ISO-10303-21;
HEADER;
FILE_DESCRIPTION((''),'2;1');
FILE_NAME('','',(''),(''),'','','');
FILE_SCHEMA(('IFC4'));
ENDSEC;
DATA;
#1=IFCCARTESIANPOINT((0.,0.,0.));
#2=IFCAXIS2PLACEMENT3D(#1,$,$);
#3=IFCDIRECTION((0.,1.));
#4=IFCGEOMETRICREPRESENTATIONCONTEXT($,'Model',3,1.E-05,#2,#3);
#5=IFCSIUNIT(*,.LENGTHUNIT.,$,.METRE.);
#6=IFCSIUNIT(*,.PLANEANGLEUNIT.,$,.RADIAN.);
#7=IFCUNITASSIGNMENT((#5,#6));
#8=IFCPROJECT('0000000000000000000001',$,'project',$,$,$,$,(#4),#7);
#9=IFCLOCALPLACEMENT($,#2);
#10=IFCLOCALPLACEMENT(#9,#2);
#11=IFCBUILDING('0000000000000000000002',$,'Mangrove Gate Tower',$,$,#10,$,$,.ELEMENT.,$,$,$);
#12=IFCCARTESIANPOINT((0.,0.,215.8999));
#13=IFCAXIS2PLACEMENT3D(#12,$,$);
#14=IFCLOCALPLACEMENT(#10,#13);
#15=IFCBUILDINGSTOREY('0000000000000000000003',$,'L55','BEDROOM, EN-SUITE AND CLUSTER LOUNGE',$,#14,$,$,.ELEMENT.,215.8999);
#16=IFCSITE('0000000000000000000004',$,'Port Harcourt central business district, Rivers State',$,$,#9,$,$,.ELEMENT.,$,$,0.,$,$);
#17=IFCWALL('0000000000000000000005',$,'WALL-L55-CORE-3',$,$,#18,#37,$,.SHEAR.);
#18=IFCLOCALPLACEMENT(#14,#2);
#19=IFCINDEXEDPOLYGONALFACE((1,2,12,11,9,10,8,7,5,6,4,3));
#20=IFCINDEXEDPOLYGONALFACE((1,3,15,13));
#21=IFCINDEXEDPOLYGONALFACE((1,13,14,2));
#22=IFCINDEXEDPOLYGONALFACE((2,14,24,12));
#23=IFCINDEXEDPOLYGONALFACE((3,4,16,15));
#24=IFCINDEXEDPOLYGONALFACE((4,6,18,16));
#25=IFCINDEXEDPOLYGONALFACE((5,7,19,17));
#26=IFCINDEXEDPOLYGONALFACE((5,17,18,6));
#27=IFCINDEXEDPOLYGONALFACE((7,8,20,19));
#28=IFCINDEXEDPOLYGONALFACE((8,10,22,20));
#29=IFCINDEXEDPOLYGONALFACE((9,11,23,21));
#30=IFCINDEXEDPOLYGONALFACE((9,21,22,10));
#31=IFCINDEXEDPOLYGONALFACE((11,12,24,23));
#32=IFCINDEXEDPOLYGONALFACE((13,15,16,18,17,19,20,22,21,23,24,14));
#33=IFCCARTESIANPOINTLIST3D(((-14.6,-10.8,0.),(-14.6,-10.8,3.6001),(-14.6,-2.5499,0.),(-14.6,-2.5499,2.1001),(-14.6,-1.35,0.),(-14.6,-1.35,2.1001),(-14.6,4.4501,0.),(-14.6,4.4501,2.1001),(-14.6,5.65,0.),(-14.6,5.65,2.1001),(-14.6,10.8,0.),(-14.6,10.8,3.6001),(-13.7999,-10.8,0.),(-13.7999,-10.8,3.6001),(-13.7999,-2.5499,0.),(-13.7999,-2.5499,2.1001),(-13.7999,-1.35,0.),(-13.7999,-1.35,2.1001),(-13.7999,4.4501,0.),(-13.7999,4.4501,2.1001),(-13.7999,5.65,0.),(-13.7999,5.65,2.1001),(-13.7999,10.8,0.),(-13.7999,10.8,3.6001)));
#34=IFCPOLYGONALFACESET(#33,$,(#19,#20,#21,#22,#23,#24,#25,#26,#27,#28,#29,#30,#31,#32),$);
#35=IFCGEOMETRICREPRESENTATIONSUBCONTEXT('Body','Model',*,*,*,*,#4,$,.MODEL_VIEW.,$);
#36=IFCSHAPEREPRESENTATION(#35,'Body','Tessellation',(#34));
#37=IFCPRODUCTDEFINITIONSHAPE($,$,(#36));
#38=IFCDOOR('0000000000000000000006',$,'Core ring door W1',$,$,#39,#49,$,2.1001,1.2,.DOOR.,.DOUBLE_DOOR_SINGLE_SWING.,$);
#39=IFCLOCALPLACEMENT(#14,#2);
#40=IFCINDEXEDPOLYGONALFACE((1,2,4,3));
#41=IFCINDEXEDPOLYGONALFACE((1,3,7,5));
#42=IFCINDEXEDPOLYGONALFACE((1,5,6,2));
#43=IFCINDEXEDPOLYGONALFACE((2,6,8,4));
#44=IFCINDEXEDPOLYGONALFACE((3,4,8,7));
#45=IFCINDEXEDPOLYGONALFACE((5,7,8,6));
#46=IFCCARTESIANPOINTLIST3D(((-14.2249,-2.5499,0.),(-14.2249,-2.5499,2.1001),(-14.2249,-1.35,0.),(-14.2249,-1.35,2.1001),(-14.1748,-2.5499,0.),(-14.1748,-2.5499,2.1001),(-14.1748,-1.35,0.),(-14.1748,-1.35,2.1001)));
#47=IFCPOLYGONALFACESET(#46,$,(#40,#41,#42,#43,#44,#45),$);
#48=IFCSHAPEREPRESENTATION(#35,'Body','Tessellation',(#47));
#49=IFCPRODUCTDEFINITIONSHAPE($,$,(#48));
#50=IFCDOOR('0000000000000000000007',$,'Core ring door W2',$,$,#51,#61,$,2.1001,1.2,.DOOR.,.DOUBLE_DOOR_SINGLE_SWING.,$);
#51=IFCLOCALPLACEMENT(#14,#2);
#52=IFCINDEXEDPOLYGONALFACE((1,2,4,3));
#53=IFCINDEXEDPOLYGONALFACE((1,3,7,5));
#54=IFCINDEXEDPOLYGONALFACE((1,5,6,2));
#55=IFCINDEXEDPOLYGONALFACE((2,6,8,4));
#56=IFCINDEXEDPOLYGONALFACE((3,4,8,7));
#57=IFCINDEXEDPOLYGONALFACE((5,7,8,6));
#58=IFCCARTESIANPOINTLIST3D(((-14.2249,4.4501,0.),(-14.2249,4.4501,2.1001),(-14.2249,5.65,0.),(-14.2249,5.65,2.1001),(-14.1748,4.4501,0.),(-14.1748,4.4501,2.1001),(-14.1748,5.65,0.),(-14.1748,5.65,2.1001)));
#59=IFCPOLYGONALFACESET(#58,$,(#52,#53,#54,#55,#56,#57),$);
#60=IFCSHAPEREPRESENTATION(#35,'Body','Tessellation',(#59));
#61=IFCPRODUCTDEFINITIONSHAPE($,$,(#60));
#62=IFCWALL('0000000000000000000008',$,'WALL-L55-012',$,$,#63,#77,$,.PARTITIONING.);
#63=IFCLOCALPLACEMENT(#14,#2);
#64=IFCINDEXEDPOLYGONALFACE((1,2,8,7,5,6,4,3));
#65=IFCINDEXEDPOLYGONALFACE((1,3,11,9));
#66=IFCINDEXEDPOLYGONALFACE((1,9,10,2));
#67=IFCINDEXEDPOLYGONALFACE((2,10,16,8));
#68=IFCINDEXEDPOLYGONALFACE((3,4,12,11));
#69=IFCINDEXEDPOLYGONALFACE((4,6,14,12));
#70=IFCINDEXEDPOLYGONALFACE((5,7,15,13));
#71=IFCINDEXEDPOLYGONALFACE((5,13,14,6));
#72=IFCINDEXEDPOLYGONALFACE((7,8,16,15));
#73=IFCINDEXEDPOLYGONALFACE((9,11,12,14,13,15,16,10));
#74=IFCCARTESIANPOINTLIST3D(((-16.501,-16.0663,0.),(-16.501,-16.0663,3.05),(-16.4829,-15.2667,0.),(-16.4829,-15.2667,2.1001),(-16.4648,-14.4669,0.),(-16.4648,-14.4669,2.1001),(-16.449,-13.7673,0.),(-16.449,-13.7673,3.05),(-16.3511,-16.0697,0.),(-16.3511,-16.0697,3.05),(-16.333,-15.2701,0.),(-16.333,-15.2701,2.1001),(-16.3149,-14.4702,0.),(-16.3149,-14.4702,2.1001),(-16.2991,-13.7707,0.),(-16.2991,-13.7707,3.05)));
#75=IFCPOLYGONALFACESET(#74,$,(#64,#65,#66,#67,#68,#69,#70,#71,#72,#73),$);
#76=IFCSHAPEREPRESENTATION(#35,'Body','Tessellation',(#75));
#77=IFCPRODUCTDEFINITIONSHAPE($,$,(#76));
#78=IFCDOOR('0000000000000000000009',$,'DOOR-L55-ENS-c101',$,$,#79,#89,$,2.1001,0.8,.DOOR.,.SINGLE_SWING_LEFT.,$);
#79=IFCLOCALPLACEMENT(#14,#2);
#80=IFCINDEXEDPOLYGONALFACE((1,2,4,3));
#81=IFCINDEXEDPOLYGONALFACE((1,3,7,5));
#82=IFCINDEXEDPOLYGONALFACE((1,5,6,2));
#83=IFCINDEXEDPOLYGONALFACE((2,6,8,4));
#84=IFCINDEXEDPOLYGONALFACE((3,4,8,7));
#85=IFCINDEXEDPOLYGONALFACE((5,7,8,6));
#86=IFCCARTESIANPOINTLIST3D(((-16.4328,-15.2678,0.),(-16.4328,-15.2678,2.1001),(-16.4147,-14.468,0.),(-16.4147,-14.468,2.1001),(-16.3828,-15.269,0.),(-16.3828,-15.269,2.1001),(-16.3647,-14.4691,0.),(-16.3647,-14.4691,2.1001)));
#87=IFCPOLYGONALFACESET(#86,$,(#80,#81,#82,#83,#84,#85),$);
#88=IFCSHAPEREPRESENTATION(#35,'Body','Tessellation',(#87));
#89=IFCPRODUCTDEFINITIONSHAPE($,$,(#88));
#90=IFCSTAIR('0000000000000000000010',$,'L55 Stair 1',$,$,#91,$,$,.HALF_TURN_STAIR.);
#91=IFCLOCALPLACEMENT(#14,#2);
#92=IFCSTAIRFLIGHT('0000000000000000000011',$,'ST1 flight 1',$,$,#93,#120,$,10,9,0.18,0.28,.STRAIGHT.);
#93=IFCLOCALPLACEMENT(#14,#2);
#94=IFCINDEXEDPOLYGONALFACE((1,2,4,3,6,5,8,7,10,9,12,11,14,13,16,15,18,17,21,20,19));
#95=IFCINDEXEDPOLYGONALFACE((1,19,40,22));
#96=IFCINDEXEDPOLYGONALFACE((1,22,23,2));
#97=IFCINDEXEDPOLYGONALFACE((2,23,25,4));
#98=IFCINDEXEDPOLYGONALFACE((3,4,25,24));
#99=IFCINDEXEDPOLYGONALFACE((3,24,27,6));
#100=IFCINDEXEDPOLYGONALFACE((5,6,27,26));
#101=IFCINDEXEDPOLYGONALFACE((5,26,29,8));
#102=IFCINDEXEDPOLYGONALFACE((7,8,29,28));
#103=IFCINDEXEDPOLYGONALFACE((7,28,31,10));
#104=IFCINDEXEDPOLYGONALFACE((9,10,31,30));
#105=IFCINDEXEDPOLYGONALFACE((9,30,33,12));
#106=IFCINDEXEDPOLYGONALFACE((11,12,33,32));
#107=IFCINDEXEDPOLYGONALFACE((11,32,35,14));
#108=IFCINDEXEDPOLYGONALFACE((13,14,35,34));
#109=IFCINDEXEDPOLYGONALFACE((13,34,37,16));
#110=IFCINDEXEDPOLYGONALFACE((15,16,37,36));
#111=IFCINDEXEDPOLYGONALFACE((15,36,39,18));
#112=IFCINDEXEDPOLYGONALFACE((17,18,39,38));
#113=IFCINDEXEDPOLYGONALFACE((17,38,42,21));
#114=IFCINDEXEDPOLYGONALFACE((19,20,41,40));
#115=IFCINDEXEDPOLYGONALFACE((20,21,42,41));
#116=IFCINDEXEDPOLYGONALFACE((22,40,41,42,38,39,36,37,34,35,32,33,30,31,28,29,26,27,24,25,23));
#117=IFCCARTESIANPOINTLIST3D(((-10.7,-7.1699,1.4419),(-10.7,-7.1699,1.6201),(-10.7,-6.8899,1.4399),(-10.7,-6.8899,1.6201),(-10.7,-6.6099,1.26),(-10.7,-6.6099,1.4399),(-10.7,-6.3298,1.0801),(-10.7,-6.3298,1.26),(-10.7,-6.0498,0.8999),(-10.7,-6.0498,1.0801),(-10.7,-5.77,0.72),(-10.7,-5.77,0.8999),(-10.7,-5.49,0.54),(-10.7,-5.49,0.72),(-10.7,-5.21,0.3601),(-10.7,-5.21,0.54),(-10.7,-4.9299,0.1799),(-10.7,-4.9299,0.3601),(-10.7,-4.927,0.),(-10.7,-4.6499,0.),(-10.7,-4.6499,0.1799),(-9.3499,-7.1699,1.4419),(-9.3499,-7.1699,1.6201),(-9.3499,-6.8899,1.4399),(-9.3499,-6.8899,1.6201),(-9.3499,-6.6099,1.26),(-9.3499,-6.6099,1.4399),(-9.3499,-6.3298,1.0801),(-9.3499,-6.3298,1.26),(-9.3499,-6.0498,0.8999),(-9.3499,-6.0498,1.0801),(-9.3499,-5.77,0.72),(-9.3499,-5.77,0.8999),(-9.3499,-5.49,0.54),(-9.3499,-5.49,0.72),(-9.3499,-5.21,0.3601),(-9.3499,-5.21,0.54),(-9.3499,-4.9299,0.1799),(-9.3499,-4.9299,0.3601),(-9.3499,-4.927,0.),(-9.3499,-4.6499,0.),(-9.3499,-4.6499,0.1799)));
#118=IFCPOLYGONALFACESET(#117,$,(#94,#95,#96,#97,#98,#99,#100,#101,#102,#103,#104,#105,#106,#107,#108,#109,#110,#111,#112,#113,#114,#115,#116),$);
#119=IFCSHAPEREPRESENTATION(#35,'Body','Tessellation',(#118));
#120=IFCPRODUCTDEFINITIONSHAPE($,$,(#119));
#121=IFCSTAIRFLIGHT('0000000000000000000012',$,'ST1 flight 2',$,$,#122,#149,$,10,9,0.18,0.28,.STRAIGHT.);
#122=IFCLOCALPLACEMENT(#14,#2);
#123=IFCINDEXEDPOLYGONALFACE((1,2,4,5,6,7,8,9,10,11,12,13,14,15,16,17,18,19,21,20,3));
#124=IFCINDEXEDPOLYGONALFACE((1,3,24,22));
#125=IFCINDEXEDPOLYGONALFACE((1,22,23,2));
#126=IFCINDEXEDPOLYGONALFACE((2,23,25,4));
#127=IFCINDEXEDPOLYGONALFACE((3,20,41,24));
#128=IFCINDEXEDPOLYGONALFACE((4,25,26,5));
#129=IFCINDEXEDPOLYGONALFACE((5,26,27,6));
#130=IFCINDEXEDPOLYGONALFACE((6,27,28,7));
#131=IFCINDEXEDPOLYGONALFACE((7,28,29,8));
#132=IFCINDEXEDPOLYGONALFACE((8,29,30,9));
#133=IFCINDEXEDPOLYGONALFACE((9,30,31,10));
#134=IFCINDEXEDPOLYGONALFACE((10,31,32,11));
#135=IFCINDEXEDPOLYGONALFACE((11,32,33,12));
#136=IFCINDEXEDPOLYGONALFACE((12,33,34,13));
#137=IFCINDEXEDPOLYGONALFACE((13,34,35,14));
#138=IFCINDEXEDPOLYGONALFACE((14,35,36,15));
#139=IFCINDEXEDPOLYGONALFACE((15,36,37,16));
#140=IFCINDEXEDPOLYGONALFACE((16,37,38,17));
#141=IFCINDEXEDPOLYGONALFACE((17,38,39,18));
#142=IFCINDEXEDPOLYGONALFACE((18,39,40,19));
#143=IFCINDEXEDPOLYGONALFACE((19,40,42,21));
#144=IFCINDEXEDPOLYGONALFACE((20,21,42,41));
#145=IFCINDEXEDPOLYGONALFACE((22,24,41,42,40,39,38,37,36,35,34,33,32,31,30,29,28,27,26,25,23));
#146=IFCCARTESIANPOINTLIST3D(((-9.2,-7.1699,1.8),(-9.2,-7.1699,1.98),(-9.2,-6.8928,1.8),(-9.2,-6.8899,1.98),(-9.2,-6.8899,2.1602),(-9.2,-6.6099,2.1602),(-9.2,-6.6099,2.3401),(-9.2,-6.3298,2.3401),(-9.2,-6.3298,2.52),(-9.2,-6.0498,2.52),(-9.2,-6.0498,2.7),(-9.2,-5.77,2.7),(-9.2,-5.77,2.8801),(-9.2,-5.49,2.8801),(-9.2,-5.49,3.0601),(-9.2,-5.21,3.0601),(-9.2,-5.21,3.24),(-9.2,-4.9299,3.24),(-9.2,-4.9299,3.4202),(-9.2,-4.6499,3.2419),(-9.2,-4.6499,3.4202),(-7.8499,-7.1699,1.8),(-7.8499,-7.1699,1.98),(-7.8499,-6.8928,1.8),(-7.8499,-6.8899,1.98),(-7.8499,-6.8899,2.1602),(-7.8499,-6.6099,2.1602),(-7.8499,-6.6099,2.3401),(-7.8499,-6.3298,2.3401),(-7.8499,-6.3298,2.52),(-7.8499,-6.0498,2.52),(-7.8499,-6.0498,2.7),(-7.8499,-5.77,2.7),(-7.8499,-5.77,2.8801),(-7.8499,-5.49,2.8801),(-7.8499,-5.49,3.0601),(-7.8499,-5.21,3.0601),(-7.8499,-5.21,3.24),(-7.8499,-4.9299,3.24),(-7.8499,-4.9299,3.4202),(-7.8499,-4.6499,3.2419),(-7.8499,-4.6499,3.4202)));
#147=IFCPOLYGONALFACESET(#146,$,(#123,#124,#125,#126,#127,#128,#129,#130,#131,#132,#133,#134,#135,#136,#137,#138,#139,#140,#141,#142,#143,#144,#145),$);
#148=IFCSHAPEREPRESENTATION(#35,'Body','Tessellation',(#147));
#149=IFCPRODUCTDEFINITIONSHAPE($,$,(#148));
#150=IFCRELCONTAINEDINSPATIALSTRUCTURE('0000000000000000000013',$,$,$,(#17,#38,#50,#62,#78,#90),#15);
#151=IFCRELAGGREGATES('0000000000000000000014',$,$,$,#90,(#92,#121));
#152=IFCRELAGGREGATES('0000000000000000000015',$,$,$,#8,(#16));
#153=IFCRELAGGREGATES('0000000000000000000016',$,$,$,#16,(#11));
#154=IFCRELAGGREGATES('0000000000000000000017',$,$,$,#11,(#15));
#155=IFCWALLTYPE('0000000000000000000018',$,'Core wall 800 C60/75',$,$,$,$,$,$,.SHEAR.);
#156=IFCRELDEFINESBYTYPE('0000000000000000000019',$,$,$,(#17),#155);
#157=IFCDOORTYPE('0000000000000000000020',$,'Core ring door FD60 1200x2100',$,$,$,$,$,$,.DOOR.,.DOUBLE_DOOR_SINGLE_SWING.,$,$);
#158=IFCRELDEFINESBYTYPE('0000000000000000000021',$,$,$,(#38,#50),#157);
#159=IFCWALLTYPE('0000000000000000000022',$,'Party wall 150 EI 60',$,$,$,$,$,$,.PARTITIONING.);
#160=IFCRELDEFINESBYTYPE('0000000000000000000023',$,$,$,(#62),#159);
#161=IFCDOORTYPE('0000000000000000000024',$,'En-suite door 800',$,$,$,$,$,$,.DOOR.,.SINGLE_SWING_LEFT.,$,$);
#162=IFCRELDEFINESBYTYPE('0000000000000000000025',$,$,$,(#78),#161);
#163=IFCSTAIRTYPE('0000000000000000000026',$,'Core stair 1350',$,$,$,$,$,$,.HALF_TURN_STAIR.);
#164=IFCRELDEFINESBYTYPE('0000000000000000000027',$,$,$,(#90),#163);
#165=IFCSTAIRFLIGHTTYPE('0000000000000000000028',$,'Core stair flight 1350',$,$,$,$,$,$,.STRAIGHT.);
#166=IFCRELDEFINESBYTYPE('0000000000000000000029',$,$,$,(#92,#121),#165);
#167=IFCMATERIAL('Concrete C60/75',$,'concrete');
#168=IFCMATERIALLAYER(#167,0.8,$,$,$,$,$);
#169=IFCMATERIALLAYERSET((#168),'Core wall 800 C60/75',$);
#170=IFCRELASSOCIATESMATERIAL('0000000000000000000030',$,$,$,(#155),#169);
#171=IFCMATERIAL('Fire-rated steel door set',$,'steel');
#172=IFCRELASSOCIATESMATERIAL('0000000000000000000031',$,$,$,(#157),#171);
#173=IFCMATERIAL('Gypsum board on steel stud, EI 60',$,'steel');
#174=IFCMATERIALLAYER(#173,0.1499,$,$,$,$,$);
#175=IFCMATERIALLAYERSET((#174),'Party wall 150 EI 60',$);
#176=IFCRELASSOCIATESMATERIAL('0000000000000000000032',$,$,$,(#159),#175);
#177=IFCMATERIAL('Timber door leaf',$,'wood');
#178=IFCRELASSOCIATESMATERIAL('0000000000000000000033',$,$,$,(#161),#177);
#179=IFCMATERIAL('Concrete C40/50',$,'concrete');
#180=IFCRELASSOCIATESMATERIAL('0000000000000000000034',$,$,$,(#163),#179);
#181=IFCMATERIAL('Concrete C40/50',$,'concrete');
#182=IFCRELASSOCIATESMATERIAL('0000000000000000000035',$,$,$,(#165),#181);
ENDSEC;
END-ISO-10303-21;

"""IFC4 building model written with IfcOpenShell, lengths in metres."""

from ifc_helpers import new_model, si_unit, direction, frame, frame_2d, origin, place, context, subcontext, project, spatial, polyline, rectangle, outline, extrude, material, layer, layer_set, type_object, element, fill, aggregate, save


model = new_model("IFC4")

# Units and contexts
model_context = context("Model", 3, precision=1e-05, world=origin(), true_north=direction((0.0, 1.0)))
body_context = subcontext(model_context, "Body", "Model", "MODEL_VIEW")
ifc_project = project(units=[si_unit("LENGTHUNIT", "METRE"), si_unit("PLANEANGLEUNIT", "RADIAN")], contexts=[model_context])

# Site, building, storey
site_placement = place(None, origin())
site = spatial("IfcSite", under=ifc_project, at=site_placement, Name="Port Harcourt central business district, Rivers State", CompositionType="ELEMENT", RefElevation=0.0)
building_placement = place(site_placement, origin())
building = spatial("IfcBuilding", under=site, at=building_placement, Name="Mangrove Gate Tower", CompositionType="ELEMENT")
storey_placement = place(building_placement, frame((0.0, 0.0, 215.8999)))
storey = spatial("IfcBuildingStorey", under=building, at=storey_placement, Name="L55", Description="BEDROOM, EN-SUITE AND CLUSTER LOUNGE", CompositionType="ELEMENT", Elevation=215.8999)

# Shared definitions
ifc_material_1 = material(Name="Concrete C60/75", Category="concrete")
ifc_layer_1 = layer(ifc_material_1, 0.8)
ifc_layer_set_1 = layer_set([ifc_layer_1], Name="Core wall 800 C60/75")
wall_type_1 = type_object("IfcWallType", Name="Core wall 800 C60/75", PredefinedType="SHEAR", material=ifc_layer_set_1)

# Wall, openings, doors
wall_1_placement = place(storey_placement, frame((-14.2, -10.8, 0.0), z_axis=(0.0, 0.0, 1.0), x_axis=(0.0, 1.0, 0.0)))
wall_1 = element("IfcWall", 1, at=wall_1_placement, inside=storey, type_object=wall_type_1, Name="WALL-L55-CORE-3", PredefinedType="SHEAR", context=body_context, shape_type="SweptSolid", body=[
    extrude(rectangle(XDim=21.6001, YDim=0.8, at=frame_2d((10.8, 0.0))), origin(), (0.0, 0.0, 1.0), 3.6001),
])
opening_1_placement = place(wall_1_placement, frame((8.25, 0.0, 0.0)))
opening_1 = element("IfcOpeningElement", 2, at=opening_1_placement, cuts=wall_1, PredefinedType="OPENING", context=body_context, shape_type="SweptSolid", body=[
    extrude(rectangle(XDim=1.2, YDim=2.1001, at=frame_2d((0.6001, 1.05))), frame((0.0, 0.4099, 0.0), z_axis=(0.0, -1.0, 0.0), x_axis=(1.0, 0.0, 0.0)), (0.0, 0.0, 1.0), 0.8201),
])
opening_2_placement = place(wall_1_placement, frame((15.25, 0.0, 0.0)))
opening_2 = element("IfcOpeningElement", 3, at=opening_2_placement, cuts=wall_1, PredefinedType="OPENING", context=body_context, shape_type="SweptSolid", body=[
    extrude(rectangle(XDim=1.2, YDim=2.1001, at=frame_2d((0.6001, 1.05))), frame((0.0, 0.4099, 0.0), z_axis=(0.0, -1.0, 0.0), x_axis=(1.0, 0.0, 0.0)), (0.0, 0.0, 1.0), 0.8201),
])
ifc_material_2 = material(Name="Fire-rated steel door set", Category="steel")
door_type_1 = type_object("IfcDoorType", Name="Core ring door FD60 1200x2100", OperationType="DOUBLE_DOOR_SINGLE_SWING", PredefinedType="DOOR", material=ifc_material_2)
door_1_placement = place(opening_1_placement, origin())
door_1 = element("IfcDoor", 4, at=door_1_placement, inside=storey, type_object=door_type_1, Name="Core ring door W1", OperationType="DOUBLE_DOOR_SINGLE_SWING", OverallHeight=2.1001, OverallWidth=1.2, PredefinedType="DOOR", context=body_context, shape_type="SweptSolid", body=[
    extrude(rectangle(XDim=1.2, YDim=2.1001, at=frame_2d((0.6001, 1.05))), frame((0.0, 0.0249, 0.0), z_axis=(0.0, -1.0, 0.0), x_axis=(1.0, 0.0, 0.0)), (0.0, 0.0, 1.0), 0.05),
])
fill(opening_1, door_1)
door_2_placement = place(opening_2_placement, origin())
door_2 = element("IfcDoor", 5, at=door_2_placement, inside=storey, type_object=door_type_1, Name="Core ring door W2", OperationType="DOUBLE_DOOR_SINGLE_SWING", OverallHeight=2.1001, OverallWidth=1.2, PredefinedType="DOOR", context=body_context, shape_type="SweptSolid", body=[
    extrude(rectangle(XDim=1.2, YDim=2.1001, at=frame_2d((0.6001, 1.05))), frame((0.0, 0.0249, 0.0), z_axis=(0.0, -1.0, 0.0), x_axis=(1.0, 0.0, 0.0)), (0.0, 0.0, 1.0), 0.05),
])
fill(opening_2, door_2)

# Wall, opening, door
ifc_material_3 = material(Name="Gypsum board on steel stud, EI 60", Category="steel")
ifc_layer_2 = layer(ifc_material_3, 0.1499)
ifc_layer_set_2 = layer_set([ifc_layer_2], Name="Party wall 150 EI 60")
wall_type_2 = type_object("IfcWallType", Name="Party wall 150 EI 60", PredefinedType="PARTITIONING", material=ifc_layer_set_2)
wall_2_placement = place(storey_placement, frame((-16.426, -16.0681, 0.0), z_axis=(0.0, 0.0, 1.0), x_axis=(0.022613, 0.999744, 0.0)))
wall_2 = element("IfcWall", 6, at=wall_2_placement, inside=storey, type_object=wall_type_2, Name="WALL-L55-012", PredefinedType="PARTITIONING", context=body_context, shape_type="SweptSolid", body=[
    extrude(rectangle(XDim=2.2996, YDim=0.1499, at=frame_2d((1.1499, 0.0))), origin(), (0.0, 0.0, 1.0), 3.05),
])
opening_3_placement = place(wall_2_placement, frame((0.8, 0.0, 0.0)))
opening_3 = element("IfcOpeningElement", 7, at=opening_3_placement, cuts=wall_2, PredefinedType="OPENING", context=body_context, shape_type="SweptSolid", body=[
    extrude(rectangle(XDim=0.8, YDim=2.1001, at=frame_2d((0.3999, 1.05))), frame((0.0, 0.085, 0.0), z_axis=(0.0, -1.0, 0.0), x_axis=(1.0, 0.0, 0.0)), (0.0, 0.0, 1.0), 0.1699),
])
ifc_material_4 = material(Name="Timber door leaf", Category="wood")
door_type_2 = type_object("IfcDoorType", Name="En-suite door 800", OperationType="SINGLE_SWING_LEFT", PredefinedType="DOOR", material=ifc_material_4)
door_3_placement = place(opening_3_placement, origin())
door_3 = element("IfcDoor", 8, at=door_3_placement, inside=storey, type_object=door_type_2, Name="DOOR-L55-ENS-c101", OperationType="SINGLE_SWING_LEFT", OverallHeight=2.1001, OverallWidth=0.8, PredefinedType="DOOR", context=body_context, shape_type="SweptSolid", body=[
    extrude(rectangle(XDim=0.8, YDim=2.1001, at=frame_2d((0.3999, 1.05))), frame((0.0, 0.0249, 0.0), z_axis=(0.0, -1.0, 0.0), x_axis=(1.0, 0.0, 0.0)), (0.0, 0.0, 1.0), 0.05),
])
fill(opening_3, door_3)

# Stair, stair flights
ifc_material_5 = material(Name="Concrete C40/50", Category="concrete")
stair_type = type_object("IfcStairType", Name="Core stair 1350", PredefinedType="HALF_TURN_STAIR", material=ifc_material_5)
stair_1_placement = place(storey_placement, origin())
stair_1 = element("IfcStair", 9, at=stair_1_placement, inside=storey, type_object=stair_type, Name="L55 Stair 1", PredefinedType="HALF_TURN_STAIR")
ifc_material_6 = material(Name="Concrete C40/50", Category="concrete")
stair_flight_type = type_object("IfcStairFlightType", Name="Core stair flight 1350", PredefinedType="STRAIGHT", material=ifc_material_6)
stair_flight_1_placement = place(storey_placement, frame((-10.0249, -4.6499, 0.0), z_axis=(0.0, 0.0, 1.0), x_axis=(0.0, -1.0, 0.0)))
stair_flight_1 = element("IfcStairFlight", 10, at=stair_flight_1_placement, type_object=stair_flight_type, Name="ST1 flight 1", NumberOfRisers=10, NumberOfTreads=9, PredefinedType="STRAIGHT", RiserHeight=0.18, TreadLength=0.28, context=body_context, shape_type="SweptSolid", body=[
    extrude(outline(polyline([(0.0, 0.0), (0.0, 0.1799), (0.28, 0.1799), (0.28, 0.3601), (0.5601, 0.3601), (0.5601, 0.54), (0.8401, 0.54), (0.8401, 0.72), (1.1201, 0.72), (1.1201, 0.8999), (1.3999, 0.8999), (1.3999, 1.0801), (1.6799, 1.0801), (1.6799, 1.26), (1.96, 1.26), (1.96, 1.4399), (2.24, 1.4399), (2.24, 1.6201), (2.52, 1.6201), (2.52, 1.8), (2.52, 1.4419), (0.2771, 0.0), (0.0, 0.0)])), frame((0.0, 0.675, 0.0), z_axis=(0.0, -1.0, 0.0), x_axis=(1.0, 0.0, 0.0)), (0.0, 0.0, 1.0), 1.3501),
])
stair_flight_2_placement = place(storey_placement, frame((-8.5249, -7.1699, 1.8), z_axis=(0.0, 0.0, 1.0), x_axis=(0.0, 1.0, 0.0)))
stair_flight_2 = element("IfcStairFlight", 11, at=stair_flight_2_placement, type_object=stair_flight_type, Name="ST1 flight 2", NumberOfRisers=10, NumberOfTreads=9, PredefinedType="STRAIGHT", RiserHeight=0.18, TreadLength=0.28, context=body_context, shape_type="SweptSolid", body=[
    extrude(outline(polyline([(0.0, 0.0), (0.0, 0.1799), (0.28, 0.1799), (0.28, 0.3601), (0.5601, 0.3601), (0.5601, 0.54), (0.8401, 0.54), (0.8401, 0.72), (1.1201, 0.72), (1.1201, 0.8999), (1.3999, 0.8999), (1.3999, 1.0801), (1.6799, 1.0801), (1.6799, 1.26), (1.96, 1.26), (1.96, 1.4399), (2.24, 1.4399), (2.24, 1.6201), (2.52, 1.6201), (2.52, 1.8), (2.52, 1.4419), (0.2771, 0.0), (0.0, 0.0)])), frame((0.0, 0.675, 0.0), z_axis=(0.0, -1.0, 0.0), x_axis=(1.0, 0.0, 0.0)), (0.0, 0.0, 1.0), 1.3501),
])
aggregate(stair_1, [stair_flight_1, stair_flight_2])

save(model, "model.ifc")
